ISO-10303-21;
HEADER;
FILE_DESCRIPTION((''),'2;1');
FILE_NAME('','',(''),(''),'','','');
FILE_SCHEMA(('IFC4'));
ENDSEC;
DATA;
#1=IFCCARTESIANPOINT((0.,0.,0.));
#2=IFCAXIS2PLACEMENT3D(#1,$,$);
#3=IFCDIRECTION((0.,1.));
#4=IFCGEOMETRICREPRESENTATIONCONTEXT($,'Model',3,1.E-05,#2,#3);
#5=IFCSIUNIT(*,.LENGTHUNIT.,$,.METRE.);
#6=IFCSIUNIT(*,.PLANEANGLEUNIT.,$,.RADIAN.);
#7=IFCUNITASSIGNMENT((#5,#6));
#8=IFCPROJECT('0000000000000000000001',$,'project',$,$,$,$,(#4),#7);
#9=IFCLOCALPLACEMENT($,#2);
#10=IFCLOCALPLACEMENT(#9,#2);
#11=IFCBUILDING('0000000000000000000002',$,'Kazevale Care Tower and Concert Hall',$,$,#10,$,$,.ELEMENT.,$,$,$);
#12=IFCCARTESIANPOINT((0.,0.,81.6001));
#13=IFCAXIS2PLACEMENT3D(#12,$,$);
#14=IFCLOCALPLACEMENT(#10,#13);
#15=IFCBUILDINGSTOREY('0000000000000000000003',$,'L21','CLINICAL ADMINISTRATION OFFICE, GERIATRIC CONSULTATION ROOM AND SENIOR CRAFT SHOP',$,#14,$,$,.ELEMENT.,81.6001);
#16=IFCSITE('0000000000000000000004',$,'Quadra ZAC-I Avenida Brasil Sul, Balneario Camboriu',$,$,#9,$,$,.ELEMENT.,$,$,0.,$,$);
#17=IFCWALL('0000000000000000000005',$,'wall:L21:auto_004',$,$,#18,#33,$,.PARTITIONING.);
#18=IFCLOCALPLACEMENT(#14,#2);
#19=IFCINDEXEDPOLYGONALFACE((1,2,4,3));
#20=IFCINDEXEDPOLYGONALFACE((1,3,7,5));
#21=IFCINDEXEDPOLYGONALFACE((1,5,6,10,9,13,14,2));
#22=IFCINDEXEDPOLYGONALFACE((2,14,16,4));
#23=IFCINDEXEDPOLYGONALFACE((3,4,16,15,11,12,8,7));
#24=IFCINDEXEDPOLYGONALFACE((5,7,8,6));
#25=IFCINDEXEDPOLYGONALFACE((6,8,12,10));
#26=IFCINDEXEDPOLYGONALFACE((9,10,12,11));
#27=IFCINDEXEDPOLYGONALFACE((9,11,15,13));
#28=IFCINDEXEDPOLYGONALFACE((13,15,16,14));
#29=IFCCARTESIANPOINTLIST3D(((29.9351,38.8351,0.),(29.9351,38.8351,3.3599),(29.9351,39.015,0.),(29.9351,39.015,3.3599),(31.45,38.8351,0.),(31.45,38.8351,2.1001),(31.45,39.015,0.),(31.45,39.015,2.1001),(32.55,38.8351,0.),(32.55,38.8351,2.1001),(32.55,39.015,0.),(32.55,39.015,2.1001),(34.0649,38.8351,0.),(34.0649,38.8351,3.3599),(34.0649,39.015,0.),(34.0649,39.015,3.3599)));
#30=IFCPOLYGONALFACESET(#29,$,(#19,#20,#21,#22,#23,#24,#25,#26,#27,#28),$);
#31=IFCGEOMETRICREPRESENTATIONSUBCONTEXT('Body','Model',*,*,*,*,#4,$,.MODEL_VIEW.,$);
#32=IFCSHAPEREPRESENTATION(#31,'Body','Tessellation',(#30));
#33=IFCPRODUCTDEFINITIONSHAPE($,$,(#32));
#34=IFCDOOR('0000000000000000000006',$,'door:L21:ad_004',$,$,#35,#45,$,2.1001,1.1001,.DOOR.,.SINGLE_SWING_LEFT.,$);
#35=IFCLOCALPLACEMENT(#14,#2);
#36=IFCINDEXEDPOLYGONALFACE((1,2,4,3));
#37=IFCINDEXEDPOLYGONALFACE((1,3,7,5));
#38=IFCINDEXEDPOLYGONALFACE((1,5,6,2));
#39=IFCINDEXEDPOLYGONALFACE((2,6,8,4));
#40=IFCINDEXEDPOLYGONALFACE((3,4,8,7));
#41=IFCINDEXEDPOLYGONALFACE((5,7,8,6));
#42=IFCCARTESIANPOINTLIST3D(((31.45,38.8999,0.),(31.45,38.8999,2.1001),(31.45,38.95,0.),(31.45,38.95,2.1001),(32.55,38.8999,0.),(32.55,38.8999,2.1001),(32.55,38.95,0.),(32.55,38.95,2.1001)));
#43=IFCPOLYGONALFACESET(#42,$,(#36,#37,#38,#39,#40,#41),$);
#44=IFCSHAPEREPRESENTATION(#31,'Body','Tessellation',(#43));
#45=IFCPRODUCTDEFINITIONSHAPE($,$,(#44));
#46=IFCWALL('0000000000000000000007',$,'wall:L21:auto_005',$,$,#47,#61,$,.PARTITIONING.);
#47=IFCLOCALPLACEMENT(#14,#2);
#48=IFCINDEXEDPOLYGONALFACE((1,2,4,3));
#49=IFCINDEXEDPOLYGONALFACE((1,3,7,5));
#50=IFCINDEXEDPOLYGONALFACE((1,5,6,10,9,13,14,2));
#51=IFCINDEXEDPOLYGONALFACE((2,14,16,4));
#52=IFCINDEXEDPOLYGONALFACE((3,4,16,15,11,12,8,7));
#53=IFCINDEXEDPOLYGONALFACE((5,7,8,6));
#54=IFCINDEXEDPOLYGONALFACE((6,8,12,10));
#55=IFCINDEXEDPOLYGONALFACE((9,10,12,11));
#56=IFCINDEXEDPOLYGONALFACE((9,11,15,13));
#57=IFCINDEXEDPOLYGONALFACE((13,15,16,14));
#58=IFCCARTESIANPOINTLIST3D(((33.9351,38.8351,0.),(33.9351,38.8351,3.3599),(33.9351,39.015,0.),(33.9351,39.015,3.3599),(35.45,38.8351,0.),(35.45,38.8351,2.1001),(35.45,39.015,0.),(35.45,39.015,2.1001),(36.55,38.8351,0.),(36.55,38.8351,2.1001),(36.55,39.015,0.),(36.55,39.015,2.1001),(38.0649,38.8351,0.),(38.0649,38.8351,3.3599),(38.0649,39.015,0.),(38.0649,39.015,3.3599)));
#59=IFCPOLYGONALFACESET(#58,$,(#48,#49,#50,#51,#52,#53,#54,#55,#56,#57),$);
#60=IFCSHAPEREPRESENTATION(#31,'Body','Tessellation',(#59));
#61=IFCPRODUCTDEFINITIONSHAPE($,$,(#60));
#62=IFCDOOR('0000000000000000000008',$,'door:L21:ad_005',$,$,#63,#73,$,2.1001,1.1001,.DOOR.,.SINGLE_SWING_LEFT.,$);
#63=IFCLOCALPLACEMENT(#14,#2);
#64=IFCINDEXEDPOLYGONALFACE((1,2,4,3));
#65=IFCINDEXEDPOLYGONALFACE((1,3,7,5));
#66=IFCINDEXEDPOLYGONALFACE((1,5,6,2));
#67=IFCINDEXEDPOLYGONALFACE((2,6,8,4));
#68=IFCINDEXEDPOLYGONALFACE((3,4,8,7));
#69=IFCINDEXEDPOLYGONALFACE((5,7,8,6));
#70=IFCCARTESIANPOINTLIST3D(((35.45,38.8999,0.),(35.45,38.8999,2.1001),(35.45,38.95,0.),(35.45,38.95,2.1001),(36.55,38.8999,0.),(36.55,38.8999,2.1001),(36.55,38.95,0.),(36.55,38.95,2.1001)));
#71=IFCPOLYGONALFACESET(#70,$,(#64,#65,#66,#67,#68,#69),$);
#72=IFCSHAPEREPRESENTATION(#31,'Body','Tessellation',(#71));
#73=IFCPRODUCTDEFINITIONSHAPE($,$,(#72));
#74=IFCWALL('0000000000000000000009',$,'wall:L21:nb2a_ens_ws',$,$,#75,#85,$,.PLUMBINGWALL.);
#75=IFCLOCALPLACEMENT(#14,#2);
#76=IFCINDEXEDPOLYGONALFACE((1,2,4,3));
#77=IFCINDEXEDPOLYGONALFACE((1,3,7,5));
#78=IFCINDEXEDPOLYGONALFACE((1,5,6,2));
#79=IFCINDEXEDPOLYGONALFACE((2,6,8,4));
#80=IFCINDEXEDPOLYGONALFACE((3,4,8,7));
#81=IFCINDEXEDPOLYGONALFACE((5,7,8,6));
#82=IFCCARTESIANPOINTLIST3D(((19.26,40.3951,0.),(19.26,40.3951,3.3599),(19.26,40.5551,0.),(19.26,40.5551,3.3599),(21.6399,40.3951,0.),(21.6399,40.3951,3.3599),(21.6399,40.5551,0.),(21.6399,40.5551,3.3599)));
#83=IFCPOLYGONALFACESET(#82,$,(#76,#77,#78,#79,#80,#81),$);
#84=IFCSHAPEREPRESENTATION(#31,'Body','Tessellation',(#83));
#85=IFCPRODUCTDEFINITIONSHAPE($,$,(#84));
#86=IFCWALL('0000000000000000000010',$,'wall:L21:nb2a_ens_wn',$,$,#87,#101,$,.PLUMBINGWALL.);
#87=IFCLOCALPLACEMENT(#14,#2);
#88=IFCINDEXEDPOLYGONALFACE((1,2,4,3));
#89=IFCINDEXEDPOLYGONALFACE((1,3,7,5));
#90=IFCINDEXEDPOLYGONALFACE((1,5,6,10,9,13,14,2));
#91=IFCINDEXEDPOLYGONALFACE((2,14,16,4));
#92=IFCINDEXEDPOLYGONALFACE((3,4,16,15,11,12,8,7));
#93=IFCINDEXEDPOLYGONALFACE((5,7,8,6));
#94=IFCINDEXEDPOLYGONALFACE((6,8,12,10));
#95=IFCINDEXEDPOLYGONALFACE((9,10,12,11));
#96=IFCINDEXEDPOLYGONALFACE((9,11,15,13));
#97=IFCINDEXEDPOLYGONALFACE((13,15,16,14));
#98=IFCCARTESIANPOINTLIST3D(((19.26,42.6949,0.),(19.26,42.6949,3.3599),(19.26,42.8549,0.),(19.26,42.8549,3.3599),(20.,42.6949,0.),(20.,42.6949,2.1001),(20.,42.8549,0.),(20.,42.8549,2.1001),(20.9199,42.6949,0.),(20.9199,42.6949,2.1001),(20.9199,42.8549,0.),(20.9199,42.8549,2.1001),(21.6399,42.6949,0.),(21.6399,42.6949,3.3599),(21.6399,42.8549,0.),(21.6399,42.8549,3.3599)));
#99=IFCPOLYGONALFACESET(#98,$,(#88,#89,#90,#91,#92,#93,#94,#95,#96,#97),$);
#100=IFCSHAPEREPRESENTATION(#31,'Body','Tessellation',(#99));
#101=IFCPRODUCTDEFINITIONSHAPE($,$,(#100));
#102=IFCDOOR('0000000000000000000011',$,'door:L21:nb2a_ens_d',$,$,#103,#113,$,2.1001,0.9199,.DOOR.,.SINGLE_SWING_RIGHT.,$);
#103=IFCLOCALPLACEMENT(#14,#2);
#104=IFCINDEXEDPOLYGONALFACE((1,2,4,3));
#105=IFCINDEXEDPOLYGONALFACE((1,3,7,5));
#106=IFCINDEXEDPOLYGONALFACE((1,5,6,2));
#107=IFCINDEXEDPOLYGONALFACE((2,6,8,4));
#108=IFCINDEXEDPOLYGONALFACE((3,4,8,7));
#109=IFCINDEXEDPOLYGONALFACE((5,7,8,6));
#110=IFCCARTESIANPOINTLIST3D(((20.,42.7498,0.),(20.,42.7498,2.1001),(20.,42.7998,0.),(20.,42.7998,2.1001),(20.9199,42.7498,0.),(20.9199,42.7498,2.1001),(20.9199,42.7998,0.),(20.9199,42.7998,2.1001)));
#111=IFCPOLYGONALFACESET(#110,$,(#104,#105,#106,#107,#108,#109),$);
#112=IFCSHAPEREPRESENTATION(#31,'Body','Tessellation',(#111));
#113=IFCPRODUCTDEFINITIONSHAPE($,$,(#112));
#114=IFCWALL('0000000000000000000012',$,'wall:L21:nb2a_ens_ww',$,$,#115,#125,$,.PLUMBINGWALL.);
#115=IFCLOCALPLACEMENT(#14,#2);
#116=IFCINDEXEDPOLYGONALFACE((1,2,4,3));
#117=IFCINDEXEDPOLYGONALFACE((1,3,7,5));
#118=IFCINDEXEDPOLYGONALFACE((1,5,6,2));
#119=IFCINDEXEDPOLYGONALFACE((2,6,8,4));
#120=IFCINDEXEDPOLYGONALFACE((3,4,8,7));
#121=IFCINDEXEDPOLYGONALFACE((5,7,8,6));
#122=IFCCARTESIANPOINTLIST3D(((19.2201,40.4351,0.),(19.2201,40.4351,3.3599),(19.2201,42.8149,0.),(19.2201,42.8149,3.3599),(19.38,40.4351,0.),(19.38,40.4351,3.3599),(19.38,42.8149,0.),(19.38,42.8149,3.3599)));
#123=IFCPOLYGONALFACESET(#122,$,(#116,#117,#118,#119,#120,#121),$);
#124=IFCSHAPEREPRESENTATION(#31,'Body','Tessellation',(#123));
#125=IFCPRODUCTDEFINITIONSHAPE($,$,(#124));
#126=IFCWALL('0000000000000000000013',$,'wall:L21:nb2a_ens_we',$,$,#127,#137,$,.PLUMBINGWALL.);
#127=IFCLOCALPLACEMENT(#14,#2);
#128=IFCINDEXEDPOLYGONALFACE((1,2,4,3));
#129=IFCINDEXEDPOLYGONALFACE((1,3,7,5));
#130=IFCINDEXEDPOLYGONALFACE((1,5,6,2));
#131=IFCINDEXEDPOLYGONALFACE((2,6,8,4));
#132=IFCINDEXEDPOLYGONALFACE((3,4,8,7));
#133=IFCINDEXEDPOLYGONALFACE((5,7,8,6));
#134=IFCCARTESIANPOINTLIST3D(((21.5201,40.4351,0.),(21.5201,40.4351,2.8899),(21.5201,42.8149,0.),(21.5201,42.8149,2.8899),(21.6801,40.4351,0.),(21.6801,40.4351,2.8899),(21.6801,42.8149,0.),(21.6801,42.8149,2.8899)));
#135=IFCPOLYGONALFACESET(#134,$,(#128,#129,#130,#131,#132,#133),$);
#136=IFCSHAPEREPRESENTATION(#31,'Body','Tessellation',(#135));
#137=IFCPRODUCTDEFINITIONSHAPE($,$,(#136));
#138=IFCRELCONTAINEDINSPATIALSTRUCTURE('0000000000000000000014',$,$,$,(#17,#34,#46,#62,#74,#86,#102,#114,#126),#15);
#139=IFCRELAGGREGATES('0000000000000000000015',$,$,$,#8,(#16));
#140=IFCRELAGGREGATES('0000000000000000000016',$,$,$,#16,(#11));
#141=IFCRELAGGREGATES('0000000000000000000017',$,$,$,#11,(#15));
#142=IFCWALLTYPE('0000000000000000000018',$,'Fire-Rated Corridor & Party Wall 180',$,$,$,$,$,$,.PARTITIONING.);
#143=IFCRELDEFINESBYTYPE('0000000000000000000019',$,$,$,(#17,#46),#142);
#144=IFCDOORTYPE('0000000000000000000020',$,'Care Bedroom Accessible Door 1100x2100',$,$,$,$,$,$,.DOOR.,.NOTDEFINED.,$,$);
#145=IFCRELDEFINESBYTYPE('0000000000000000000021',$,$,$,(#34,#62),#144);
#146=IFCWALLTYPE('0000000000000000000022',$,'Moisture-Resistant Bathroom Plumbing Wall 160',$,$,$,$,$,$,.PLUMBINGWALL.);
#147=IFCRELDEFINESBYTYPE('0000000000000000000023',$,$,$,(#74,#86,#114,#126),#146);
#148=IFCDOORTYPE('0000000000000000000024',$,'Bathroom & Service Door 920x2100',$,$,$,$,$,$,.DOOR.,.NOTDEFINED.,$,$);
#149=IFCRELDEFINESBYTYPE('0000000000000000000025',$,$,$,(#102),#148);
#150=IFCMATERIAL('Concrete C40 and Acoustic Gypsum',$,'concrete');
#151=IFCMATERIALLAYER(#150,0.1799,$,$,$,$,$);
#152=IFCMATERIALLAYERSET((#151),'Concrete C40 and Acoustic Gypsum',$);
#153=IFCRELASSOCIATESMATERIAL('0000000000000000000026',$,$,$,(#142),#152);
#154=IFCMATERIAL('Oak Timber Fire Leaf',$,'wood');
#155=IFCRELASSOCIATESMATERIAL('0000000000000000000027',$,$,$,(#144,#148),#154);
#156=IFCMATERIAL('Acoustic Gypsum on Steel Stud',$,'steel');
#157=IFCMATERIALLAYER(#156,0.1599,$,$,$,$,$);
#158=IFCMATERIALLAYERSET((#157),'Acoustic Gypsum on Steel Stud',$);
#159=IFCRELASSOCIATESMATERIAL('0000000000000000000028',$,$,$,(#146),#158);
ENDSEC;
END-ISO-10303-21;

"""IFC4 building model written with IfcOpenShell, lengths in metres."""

from ifc_helpers import new_model, si_unit, direction, frame, frame_2d, origin, place, context, subcontext, project, spatial, rectangle, extrude, material, layer, layer_set, type_object, element, fill, save


model = new_model("IFC4")

# Units and contexts
model_context = context("Model", 3, precision=1e-05, world=origin(), true_north=direction((0.0, 1.0)))
body_context = subcontext(model_context, "Body", "Model", "MODEL_VIEW")
ifc_project = project(units=[si_unit("LENGTHUNIT", "METRE"), si_unit("PLANEANGLEUNIT", "RADIAN")], contexts=[model_context])

# Site, building, storey
site_placement = place(None, origin())
site = spatial("IfcSite", under=ifc_project, at=site_placement, Name="Quadra ZAC-I Avenida Brasil Sul, Balneario Camboriu", CompositionType="ELEMENT", RefElevation=0.0)
building_placement = place(site_placement, origin())
building = spatial("IfcBuilding", under=site, at=building_placement, Name="Kazevale Care Tower and Concert Hall", CompositionType="ELEMENT")
storey_placement = place(building_placement, frame((0.0, 0.0, 81.6001)))
storey = spatial("IfcBuildingStorey", under=building, at=storey_placement, Name="L21", Description="CLINICAL ADMINISTRATION OFFICE, GERIATRIC CONSULTATION ROOM AND SENIOR CRAFT SHOP", CompositionType="ELEMENT", Elevation=81.6001)

# Shared definitions
ifc_material_1 = material(Name="Acoustic Gypsum on Steel Stud", Category="steel")

# Walls, openings, doors
ifc_material_2 = material(Name="Concrete C40 and Acoustic Gypsum", Category="concrete")
ifc_layer_1 = layer(ifc_material_2, 0.1799)
ifc_layer_set_1 = layer_set([ifc_layer_1], Name="Concrete C40 and Acoustic Gypsum")
wall_type_1 = type_object("IfcWallType", Name="Fire-Rated Corridor & Party Wall 180", PredefinedType="PARTITIONING", material=ifc_layer_set_1)
wall_1_placement = place(storey_placement, frame((29.9351, 38.925, 0.0), z_axis=(0.0, 0.0, 1.0), x_axis=(1.0, 0.0, 0.0)))
wall_1 = element("IfcWall", 1, at=wall_1_placement, inside=storey, type_object=wall_type_1, Name="wall:L21:auto_004", PredefinedType="PARTITIONING", context=body_context, shape_type="SweptSolid", body=[
    extrude(rectangle(XDim=4.1299, YDim=0.1799, at=frame_2d((2.0649, 0.0))), origin(), (0.0, 0.0, 1.0), 3.3599),
])
opening_1_placement = place(wall_1_placement, frame((1.5149, 0.0, 0.0)))
opening_1 = element("IfcOpeningElement", 2, at=opening_1_placement, cuts=wall_1, PredefinedType="OPENING", context=body_context, shape_type="SweptSolid", body=[
    extrude(rectangle(XDim=1.1001, YDim=2.1001, at=frame_2d((0.55, 1.05))), frame((0.0, 0.0999, 0.0), z_axis=(0.0, -1.0, 0.0), x_axis=(1.0, 0.0, 0.0)), (0.0, 0.0, 1.0), 0.2),
])
ifc_material_3 = material(Name="Oak Timber Fire Leaf", Category="wood")
door_type_1 = type_object("IfcDoorType", Name="Care Bedroom Accessible Door 1100x2100", OperationType="NOTDEFINED", PredefinedType="DOOR", material=ifc_material_3)
door_1_placement = place(opening_1_placement, origin())
door_1 = element("IfcDoor", 3, at=door_1_placement, inside=storey, type_object=door_type_1, Name="door:L21:ad_004", OperationType="SINGLE_SWING_LEFT", OverallHeight=2.1001, OverallWidth=1.1001, PredefinedType="DOOR", context=body_context, shape_type="SweptSolid", body=[
    extrude(rectangle(XDim=1.1001, YDim=2.1001, at=frame_2d((0.55, 1.05))), frame((0.0, 0.0249, 0.0), z_axis=(0.0, -1.0, 0.0), x_axis=(1.0, 0.0, 0.0)), (0.0, 0.0, 1.0), 0.05),
])
fill(opening_1, door_1)
wall_2_placement = place(storey_placement, frame((33.9351, 38.925, 0.0), z_axis=(0.0, 0.0, 1.0), x_axis=(1.0, 0.0, 0.0)))
wall_2 = element("IfcWall", 4, at=wall_2_placement, inside=storey, type_object=wall_type_1, Name="wall:L21:auto_005", PredefinedType="PARTITIONING", context=body_context, shape_type="SweptSolid", body=[
    extrude(rectangle(XDim=4.1299, YDim=0.1799, at=frame_2d((2.0649, 0.0))), origin(), (0.0, 0.0, 1.0), 3.3599),
])
opening_2_placement = place(wall_2_placement, frame((1.5149, 0.0, 0.0)))
opening_2 = element("IfcOpeningElement", 5, at=opening_2_placement, cuts=wall_2, PredefinedType="OPENING", context=body_context, shape_type="SweptSolid", body=[
    extrude(rectangle(XDim=1.1001, YDim=2.1001, at=frame_2d((0.55, 1.05))), frame((0.0, 0.0999, 0.0), z_axis=(0.0, -1.0, 0.0), x_axis=(1.0, 0.0, 0.0)), (0.0, 0.0, 1.0), 0.2),
])
door_2_placement = place(opening_2_placement, origin())
door_2 = element("IfcDoor", 6, at=door_2_placement, inside=storey, type_object=door_type_1, Name="door:L21:ad_005", OperationType="SINGLE_SWING_LEFT", OverallHeight=2.1001, OverallWidth=1.1001, PredefinedType="DOOR", context=body_context, shape_type="SweptSolid", body=[
    extrude(rectangle(XDim=1.1001, YDim=2.1001, at=frame_2d((0.55, 1.05))), frame((0.0, 0.0249, 0.0), z_axis=(0.0, -1.0, 0.0), x_axis=(1.0, 0.0, 0.0)), (0.0, 0.0, 1.0), 0.05),
])
fill(opening_2, door_2)

# Wall
ifc_layer_2 = layer(ifc_material_1, 0.1599)
ifc_layer_set_2 = layer_set([ifc_layer_2], Name="Acoustic Gypsum on Steel Stud")
wall_type_2 = type_object("IfcWallType", Name="Moisture-Resistant Bathroom Plumbing Wall 160", PredefinedType="PLUMBINGWALL", material=ifc_layer_set_2)
wall_3_placement = place(storey_placement, frame((19.26, 40.4751, 0.0), z_axis=(0.0, 0.0, 1.0), x_axis=(1.0, 0.0, 0.0)))
element("IfcWall", 7, at=wall_3_placement, inside=storey, type_object=wall_type_2, Name="wall:L21:nb2a_ens_ws", PredefinedType="PLUMBINGWALL", context=body_context, shape_type="SweptSolid", body=[
    extrude(rectangle(XDim=2.3799, YDim=0.1599, at=frame_2d((1.1899, 0.0))), origin(), (0.0, 0.0, 1.0), 3.3599),
])

# Wall, opening, door
wall_4_placement = place(storey_placement, frame((19.26, 42.7749, 0.0), z_axis=(0.0, 0.0, 1.0), x_axis=(1.0, 0.0, 0.0)))
wall_4 = element("IfcWall", 8, at=wall_4_placement, inside=storey, type_object=wall_type_2, Name="wall:L21:nb2a_ens_wn", PredefinedType="PLUMBINGWALL", context=body_context, shape_type="SweptSolid", body=[
    extrude(rectangle(XDim=2.3799, YDim=0.1599, at=frame_2d((1.1899, 0.0))), origin(), (0.0, 0.0, 1.0), 3.3599),
])
opening_3_placement = place(wall_4_placement, frame((0.74, 0.0, 0.0)))
opening_3 = element("IfcOpeningElement", 9, at=opening_3_placement, cuts=wall_4, PredefinedType="OPENING", context=body_context, shape_type="SweptSolid", body=[
    extrude(rectangle(XDim=0.9199, YDim=2.1001, at=frame_2d((0.46, 1.05))), frame((0.0, 0.0898, 0.0), z_axis=(0.0, -1.0, 0.0), x_axis=(1.0, 0.0, 0.0)), (0.0, 0.0, 1.0), 0.1799),
])
door_type_2 = type_object("IfcDoorType", Name="Bathroom & Service Door 920x2100", OperationType="NOTDEFINED", PredefinedType="DOOR", material=ifc_material_3)
door_3_placement = place(opening_3_placement, origin())
door_3 = element("IfcDoor", 10, at=door_3_placement, inside=storey, type_object=door_type_2, Name="door:L21:nb2a_ens_d", OperationType="SINGLE_SWING_RIGHT", OverallHeight=2.1001, OverallWidth=0.9199, PredefinedType="DOOR", context=body_context, shape_type="SweptSolid", body=[
    extrude(rectangle(XDim=0.9199, YDim=2.1001, at=frame_2d((0.46, 1.05))), frame((0.0, 0.0249, 0.0), z_axis=(0.0, -1.0, 0.0), x_axis=(1.0, 0.0, 0.0)), (0.0, 0.0, 1.0), 0.05),
])
fill(opening_3, door_3)

# Walls
wall_5_placement = place(storey_placement, frame((19.3, 40.4351, 0.0), z_axis=(0.0, 0.0, 1.0), x_axis=(0.0, 1.0, 0.0)))
element("IfcWall", 11, at=wall_5_placement, inside=storey, type_object=wall_type_2, Name="wall:L21:nb2a_ens_ww", PredefinedType="PLUMBINGWALL", context=body_context, shape_type="SweptSolid", body=[
    extrude(rectangle(XDim=2.3799, YDim=0.1599, at=frame_2d((1.1899, 0.0))), origin(), (0.0, 0.0, 1.0), 3.3599),
])
wall_6_placement = place(storey_placement, frame((21.6001, 40.4351, 0.0), z_axis=(0.0, 0.0, 1.0), x_axis=(0.0, 1.0, 0.0)))
element("IfcWall", 12, at=wall_6_placement, inside=storey, type_object=wall_type_2, Name="wall:L21:nb2a_ens_we", PredefinedType="PLUMBINGWALL", context=body_context, shape_type="SweptSolid", body=[
    extrude(rectangle(XDim=2.3799, YDim=0.1599, at=frame_2d((1.1899, 0.0))), origin(), (0.0, 0.0, 1.0), 2.8899),
])

save(model, "model.ifc")
